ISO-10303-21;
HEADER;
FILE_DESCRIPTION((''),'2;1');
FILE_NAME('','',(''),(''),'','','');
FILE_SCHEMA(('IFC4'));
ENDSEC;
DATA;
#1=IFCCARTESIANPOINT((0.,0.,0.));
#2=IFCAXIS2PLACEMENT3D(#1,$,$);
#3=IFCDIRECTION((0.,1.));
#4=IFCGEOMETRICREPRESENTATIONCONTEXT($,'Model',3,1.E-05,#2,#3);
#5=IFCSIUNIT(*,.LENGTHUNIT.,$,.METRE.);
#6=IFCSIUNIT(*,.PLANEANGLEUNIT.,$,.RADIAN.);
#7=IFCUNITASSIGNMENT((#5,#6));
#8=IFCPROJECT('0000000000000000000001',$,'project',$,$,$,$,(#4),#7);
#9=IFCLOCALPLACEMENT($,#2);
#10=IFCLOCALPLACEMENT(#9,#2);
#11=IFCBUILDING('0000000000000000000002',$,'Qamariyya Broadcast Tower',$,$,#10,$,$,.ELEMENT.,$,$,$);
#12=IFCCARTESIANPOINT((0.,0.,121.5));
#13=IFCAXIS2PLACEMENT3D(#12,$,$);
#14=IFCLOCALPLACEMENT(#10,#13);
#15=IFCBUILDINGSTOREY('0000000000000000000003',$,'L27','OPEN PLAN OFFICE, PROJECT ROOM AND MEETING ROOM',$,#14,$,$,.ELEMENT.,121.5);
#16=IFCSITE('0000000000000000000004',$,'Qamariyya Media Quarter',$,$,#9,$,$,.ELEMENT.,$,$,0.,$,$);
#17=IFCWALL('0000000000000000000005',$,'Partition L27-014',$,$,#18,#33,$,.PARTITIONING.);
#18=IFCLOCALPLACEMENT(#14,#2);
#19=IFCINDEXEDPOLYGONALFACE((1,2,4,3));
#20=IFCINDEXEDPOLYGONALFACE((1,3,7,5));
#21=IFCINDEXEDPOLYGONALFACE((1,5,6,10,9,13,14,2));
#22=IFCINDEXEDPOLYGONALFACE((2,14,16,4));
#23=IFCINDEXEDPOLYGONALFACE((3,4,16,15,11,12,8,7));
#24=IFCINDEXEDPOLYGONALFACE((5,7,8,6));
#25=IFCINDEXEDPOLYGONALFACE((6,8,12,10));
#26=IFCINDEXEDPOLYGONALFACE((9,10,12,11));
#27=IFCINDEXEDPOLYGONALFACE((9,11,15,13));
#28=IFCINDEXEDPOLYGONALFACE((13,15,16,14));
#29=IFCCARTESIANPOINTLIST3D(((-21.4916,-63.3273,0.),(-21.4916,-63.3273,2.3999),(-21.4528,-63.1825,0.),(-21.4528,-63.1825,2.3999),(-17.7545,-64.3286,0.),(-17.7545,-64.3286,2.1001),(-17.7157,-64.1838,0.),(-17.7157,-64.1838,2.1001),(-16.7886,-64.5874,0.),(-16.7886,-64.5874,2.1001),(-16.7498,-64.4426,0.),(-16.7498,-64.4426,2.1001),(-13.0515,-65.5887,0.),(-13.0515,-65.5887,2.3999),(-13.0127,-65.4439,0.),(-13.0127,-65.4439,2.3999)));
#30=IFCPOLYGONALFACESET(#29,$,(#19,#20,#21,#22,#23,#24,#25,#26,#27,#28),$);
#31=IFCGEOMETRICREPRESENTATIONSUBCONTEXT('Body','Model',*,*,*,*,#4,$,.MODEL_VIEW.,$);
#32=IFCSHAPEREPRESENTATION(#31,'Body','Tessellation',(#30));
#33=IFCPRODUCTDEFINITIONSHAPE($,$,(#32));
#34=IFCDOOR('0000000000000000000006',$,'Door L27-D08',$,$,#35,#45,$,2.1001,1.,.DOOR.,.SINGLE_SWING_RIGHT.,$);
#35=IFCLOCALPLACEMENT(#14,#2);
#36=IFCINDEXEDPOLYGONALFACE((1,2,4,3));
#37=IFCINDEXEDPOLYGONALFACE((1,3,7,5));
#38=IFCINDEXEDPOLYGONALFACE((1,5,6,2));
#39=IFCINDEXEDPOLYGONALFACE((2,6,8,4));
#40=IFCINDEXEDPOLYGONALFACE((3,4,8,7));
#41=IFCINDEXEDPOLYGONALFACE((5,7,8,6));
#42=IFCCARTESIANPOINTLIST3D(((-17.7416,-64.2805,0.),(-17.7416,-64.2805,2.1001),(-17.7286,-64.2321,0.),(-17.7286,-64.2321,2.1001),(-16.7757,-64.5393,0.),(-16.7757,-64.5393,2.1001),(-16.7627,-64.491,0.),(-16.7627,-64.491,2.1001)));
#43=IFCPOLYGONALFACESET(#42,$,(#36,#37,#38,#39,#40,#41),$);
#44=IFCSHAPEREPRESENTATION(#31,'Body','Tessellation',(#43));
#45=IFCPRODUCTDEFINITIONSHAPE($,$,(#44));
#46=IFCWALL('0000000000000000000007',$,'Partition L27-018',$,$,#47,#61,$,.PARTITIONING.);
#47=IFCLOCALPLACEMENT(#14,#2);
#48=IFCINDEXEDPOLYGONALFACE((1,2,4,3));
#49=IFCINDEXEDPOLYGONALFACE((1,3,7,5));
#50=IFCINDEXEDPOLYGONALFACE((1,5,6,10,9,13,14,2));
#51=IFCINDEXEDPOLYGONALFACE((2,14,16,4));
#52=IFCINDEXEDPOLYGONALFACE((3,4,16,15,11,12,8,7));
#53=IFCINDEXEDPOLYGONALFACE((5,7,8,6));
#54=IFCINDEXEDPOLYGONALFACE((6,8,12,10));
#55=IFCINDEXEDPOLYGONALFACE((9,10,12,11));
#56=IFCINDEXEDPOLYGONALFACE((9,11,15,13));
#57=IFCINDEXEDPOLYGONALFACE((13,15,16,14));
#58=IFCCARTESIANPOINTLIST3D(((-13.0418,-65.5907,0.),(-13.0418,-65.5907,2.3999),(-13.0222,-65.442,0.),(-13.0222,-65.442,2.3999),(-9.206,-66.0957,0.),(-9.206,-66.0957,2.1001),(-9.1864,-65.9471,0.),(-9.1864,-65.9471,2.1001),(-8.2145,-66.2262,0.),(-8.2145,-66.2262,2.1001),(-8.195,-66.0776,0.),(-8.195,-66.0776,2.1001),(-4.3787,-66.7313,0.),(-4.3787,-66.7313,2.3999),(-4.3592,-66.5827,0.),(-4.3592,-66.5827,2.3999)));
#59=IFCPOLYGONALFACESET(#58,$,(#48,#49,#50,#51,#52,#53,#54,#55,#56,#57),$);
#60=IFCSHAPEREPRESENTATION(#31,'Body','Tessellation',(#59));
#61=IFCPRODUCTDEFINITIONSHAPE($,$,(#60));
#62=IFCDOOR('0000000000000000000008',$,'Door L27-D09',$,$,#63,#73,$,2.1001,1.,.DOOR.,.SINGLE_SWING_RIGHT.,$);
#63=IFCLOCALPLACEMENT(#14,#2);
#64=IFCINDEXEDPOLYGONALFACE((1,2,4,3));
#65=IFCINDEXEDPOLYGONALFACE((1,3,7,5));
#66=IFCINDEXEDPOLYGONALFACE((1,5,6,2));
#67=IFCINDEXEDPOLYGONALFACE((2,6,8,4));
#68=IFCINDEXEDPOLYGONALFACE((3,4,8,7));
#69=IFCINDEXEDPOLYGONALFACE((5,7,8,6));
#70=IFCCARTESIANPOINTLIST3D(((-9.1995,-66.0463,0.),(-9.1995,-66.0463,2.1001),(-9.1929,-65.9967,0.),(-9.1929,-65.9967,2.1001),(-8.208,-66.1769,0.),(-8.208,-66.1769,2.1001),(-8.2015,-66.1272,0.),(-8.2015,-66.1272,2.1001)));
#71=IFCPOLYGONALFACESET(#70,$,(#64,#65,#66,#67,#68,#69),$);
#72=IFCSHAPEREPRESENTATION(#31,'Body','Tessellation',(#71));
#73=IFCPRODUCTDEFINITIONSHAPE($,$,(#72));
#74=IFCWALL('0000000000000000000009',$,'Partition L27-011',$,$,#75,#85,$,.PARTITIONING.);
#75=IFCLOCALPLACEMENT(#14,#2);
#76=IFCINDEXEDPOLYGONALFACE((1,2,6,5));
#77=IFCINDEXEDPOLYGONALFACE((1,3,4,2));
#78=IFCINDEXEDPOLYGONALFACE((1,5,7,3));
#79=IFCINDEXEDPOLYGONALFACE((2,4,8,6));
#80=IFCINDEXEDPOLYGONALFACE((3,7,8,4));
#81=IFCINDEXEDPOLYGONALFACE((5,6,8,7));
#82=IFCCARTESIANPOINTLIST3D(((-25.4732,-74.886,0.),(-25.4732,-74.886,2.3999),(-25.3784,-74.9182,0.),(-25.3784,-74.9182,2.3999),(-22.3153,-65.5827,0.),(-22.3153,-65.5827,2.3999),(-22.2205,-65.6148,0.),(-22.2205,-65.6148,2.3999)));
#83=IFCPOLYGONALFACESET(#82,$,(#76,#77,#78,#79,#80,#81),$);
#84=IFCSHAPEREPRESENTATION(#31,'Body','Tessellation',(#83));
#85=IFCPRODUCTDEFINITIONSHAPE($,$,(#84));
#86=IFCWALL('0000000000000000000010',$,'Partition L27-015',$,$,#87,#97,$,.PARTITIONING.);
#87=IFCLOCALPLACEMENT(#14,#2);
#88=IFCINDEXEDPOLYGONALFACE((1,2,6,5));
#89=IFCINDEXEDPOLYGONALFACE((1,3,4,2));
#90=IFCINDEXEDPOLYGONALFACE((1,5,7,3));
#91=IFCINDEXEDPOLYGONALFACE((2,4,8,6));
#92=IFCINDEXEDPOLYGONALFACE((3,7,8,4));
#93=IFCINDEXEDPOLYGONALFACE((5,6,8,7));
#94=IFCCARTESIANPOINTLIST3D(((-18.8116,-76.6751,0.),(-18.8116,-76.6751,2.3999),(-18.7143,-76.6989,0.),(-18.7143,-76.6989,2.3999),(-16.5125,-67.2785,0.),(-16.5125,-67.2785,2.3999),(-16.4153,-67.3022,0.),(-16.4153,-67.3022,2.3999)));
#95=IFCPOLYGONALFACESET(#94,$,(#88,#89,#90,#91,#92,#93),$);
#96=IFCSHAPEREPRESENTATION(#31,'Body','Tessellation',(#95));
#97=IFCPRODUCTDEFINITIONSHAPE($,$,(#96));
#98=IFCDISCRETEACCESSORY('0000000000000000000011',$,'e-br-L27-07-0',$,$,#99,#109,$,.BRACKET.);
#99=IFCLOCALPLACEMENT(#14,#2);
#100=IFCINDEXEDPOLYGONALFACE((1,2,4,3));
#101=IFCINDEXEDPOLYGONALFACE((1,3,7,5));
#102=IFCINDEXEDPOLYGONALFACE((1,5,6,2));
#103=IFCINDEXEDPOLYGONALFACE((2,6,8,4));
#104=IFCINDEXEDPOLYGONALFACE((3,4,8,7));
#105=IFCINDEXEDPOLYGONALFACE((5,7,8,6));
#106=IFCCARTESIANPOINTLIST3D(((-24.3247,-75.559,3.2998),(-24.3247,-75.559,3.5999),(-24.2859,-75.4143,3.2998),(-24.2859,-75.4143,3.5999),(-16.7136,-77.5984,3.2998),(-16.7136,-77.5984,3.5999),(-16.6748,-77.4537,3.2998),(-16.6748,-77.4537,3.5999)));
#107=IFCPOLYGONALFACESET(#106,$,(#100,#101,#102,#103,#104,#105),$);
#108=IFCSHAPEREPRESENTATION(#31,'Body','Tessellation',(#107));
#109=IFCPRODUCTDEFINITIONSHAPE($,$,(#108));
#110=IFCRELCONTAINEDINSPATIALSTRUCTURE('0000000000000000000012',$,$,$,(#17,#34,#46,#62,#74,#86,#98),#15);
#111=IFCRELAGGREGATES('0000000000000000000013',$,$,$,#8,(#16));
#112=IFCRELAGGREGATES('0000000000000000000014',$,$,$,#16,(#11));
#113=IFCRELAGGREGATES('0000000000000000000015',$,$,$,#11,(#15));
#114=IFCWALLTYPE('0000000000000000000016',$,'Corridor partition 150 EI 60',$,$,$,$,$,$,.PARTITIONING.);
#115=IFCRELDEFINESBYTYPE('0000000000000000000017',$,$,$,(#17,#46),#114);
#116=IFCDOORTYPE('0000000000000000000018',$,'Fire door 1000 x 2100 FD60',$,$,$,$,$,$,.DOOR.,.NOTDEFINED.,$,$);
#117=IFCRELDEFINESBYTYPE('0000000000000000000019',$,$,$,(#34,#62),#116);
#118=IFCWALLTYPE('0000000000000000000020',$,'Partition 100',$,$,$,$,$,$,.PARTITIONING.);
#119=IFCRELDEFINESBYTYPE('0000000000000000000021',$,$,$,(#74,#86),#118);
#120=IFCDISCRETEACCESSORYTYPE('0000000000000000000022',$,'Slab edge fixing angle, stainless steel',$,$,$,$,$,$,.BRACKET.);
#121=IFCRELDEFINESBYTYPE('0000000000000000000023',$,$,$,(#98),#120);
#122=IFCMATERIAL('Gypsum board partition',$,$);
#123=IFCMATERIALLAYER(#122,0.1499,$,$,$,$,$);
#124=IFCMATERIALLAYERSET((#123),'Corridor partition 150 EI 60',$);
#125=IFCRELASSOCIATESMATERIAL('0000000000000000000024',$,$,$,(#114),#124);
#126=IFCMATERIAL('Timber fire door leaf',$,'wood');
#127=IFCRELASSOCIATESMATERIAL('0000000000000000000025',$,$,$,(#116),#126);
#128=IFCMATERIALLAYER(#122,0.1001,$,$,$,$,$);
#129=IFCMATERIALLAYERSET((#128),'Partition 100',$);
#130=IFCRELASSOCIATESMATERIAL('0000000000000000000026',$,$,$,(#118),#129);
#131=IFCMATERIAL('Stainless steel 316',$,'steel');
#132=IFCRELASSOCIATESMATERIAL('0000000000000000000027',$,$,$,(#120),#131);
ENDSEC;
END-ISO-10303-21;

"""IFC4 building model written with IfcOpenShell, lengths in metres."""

from ifc_helpers import new_model, si_unit, direction, frame, frame_2d, origin, origin_2d, place, context, subcontext, project, spatial, rectangle, extrude, material, layer, layer_set, type_object, element, fill, save


model = new_model("IFC4")

# Units and contexts
model_context = context("Model", 3, precision=1e-05, world=origin(), true_north=direction((0.0, 1.0)))
body_context = subcontext(model_context, "Body", "Model", "MODEL_VIEW")
ifc_project = project(units=[si_unit("LENGTHUNIT", "METRE"), si_unit("PLANEANGLEUNIT", "RADIAN")], contexts=[model_context])

# Site, building, storey
site_placement = place(None, origin())
site = spatial("IfcSite", under=ifc_project, at=site_placement, Name="Qamariyya Media Quarter", CompositionType="ELEMENT", RefElevation=0.0)
building_placement = place(site_placement, origin())
building = spatial("IfcBuilding", under=site, at=building_placement, Name="Qamariyya Broadcast Tower", CompositionType="ELEMENT")
storey_placement = place(building_placement, frame((0.0, 0.0, 121.5)))
storey = spatial("IfcBuildingStorey", under=building, at=storey_placement, Name="L27", Description="OPEN PLAN OFFICE, PROJECT ROOM AND MEETING ROOM", CompositionType="ELEMENT", Elevation=121.5)

# Shared definitions
ifc_material_1 = material(Name="Gypsum board partition")
ifc_layer_1 = layer(ifc_material_1, 0.1499)
ifc_layer_set_1 = layer_set([ifc_layer_1], Name="Corridor partition 150 EI 60")
wall_type_1 = type_object("IfcWallType", Name="Corridor partition 150 EI 60", PredefinedType="PARTITIONING", material=ifc_layer_set_1)
ifc_material_2 = material(Name="Timber fire door leaf", Category="wood")
door_type = type_object("IfcDoorType", Name="Fire door 1000 x 2100 FD60", OperationType="NOTDEFINED", PredefinedType="DOOR", material=ifc_material_2)

# Walls, openings, doors
wall_1_placement = place(storey_placement, frame((-21.4722, -63.2549, 0.0), z_axis=(0.0, 0.0, 1.0), x_axis=(0.965928, -0.258812, 0.0)))
wall_1 = element("IfcWall", 1, at=wall_1_placement, inside=storey, type_object=wall_type_1, Name="Partition L27-014", PredefinedType="PARTITIONING", context=body_context, shape_type="SweptSolid", body=[
    extrude(rectangle(XDim=8.7378, YDim=0.1499, at=frame_2d((4.3689, 0.0))), origin(), (0.0, 0.0, 1.0), 2.3999),
])
opening_1_placement = place(wall_1_placement, frame((3.8689, 0.0, 0.0)))
opening_1 = element("IfcOpeningElement", 2, at=opening_1_placement, cuts=wall_1, PredefinedType="OPENING", context=body_context, shape_type="SweptSolid", body=[
    extrude(rectangle(XDim=1.0, YDim=2.1001, at=frame_2d((0.5, 1.05))), frame((0.0, 0.085, 0.0), z_axis=(0.0, -1.0, 0.0), x_axis=(1.0, 0.0, 0.0)), (0.0, 0.0, 1.0), 0.1699),
])
door_1_placement = place(opening_1_placement, origin())
door_1 = element("IfcDoor", 3, at=door_1_placement, inside=storey, type_object=door_type, Name="Door L27-D08", OperationType="SINGLE_SWING_RIGHT", OverallHeight=2.1001, OverallWidth=1.0, PredefinedType="DOOR", context=body_context, shape_type="SweptSolid", body=[
    extrude(rectangle(XDim=1.0, YDim=2.1001, at=frame_2d((0.5, 1.05))), frame((0.0, 0.0249, 0.0), z_axis=(0.0, -1.0, 0.0), x_axis=(1.0, 0.0, 0.0)), (0.0, 0.0, 1.0), 0.05),
])
fill(opening_1, door_1)
wall_2_placement = place(storey_placement, frame((-13.032, -65.5164, 0.0), z_axis=(0.0, 0.0, 1.0), x_axis=(0.991443, -0.130538, 0.0)))
wall_2 = element("IfcWall", 4, at=wall_2_placement, inside=storey, type_object=wall_type_1, Name="Partition L27-018", PredefinedType="PARTITIONING", context=body_context, shape_type="SweptSolid", body=[
    extrude(rectangle(XDim=8.7378, YDim=0.1499, at=frame_2d((4.3689, 0.0))), origin(), (0.0, 0.0, 1.0), 2.3999),
])
opening_2_placement = place(wall_2_placement, frame((3.8689, 0.0, 0.0)))
opening_2 = element("IfcOpeningElement", 5, at=opening_2_placement, cuts=wall_2, PredefinedType="OPENING", context=body_context, shape_type="SweptSolid", body=[
    extrude(rectangle(XDim=1.0, YDim=2.1001, at=frame_2d((0.5, 1.05))), frame((0.0, 0.085, 0.0), z_axis=(0.0, -1.0, 0.0), x_axis=(1.0, 0.0, 0.0)), (0.0, 0.0, 1.0), 0.1699),
])
door_2_placement = place(opening_2_placement, origin())
door_2 = element("IfcDoor", 6, at=door_2_placement, inside=storey, type_object=door_type, Name="Door L27-D09", OperationType="SINGLE_SWING_RIGHT", OverallHeight=2.1001, OverallWidth=1.0, PredefinedType="DOOR", context=body_context, shape_type="SweptSolid", body=[
    extrude(rectangle(XDim=1.0, YDim=2.1001, at=frame_2d((0.5, 1.05))), frame((0.0, 0.0249, 0.0), z_axis=(0.0, -1.0, 0.0), x_axis=(1.0, 0.0, 0.0)), (0.0, 0.0, 1.0), 0.05),
])
fill(opening_2, door_2)

# Walls
ifc_layer_2 = layer(ifc_material_1, 0.1001)
ifc_layer_set_2 = layer_set([ifc_layer_2], Name="Partition 100")
wall_type_2 = type_object("IfcWallType", Name="Partition 100", PredefinedType="PARTITIONING", material=ifc_layer_set_2)
wall_3_placement = place(storey_placement, frame((-25.4258, -74.9021, 0.0), z_axis=(0.0, 0.0, 1.0), x_axis=(0.321426, 0.946935, 0.0)))
element("IfcWall", 7, at=wall_3_placement, inside=storey, type_object=wall_type_2, Name="Partition L27-011", PredefinedType="PARTITIONING", context=body_context, shape_type="SweptSolid", body=[
    extrude(rectangle(XDim=9.8247, YDim=0.1001, at=frame_2d((4.9124, 0.0))), origin(), (0.0, 0.0, 1.0), 2.3999),
])
wall_4_placement = place(storey_placement, frame((-18.7629, -76.687, 0.0), z_axis=(0.0, 0.0, 1.0), x_axis=(0.237657, 0.971349, 0.0)))
element("IfcWall", 8, at=wall_4_placement, inside=storey, type_object=wall_type_2, Name="Partition L27-015", PredefinedType="PARTITIONING", context=body_context, shape_type="SweptSolid", body=[
    extrude(rectangle(XDim=9.6738, YDim=0.1001, at=frame_2d((4.8369, 0.0))), origin(), (0.0, 0.0, 1.0), 2.3999),
])

# Discrete accessory
ifc_material_3 = material(Name="Stainless steel 316", Category="steel")
discrete_accessory_type = type_object("IfcDiscreteAccessoryType", Name="Slab edge fixing angle, stainless steel", PredefinedType="BRACKET", material=ifc_material_3)
discrete_accessory_placement = place(storey_placement, frame((-20.4998, -76.5063, 3.2998), z_axis=(0.0, 0.0, 1.0), x_axis=(0.965926, -0.258819, 0.0)))
element("IfcDiscreteAccessory", 9, at=discrete_accessory_placement, inside=storey, type_object=discrete_accessory_type, Name="e-br-L27-07-0", PredefinedType="BRACKET", context=body_context, shape_type="SweptSolid", body=[
    extrude(rectangle(XDim=7.8796, YDim=0.1499, at=origin_2d()), origin(), (0.0, 0.0, 1.0), 0.3),
])

save(model, "model.ifc")
